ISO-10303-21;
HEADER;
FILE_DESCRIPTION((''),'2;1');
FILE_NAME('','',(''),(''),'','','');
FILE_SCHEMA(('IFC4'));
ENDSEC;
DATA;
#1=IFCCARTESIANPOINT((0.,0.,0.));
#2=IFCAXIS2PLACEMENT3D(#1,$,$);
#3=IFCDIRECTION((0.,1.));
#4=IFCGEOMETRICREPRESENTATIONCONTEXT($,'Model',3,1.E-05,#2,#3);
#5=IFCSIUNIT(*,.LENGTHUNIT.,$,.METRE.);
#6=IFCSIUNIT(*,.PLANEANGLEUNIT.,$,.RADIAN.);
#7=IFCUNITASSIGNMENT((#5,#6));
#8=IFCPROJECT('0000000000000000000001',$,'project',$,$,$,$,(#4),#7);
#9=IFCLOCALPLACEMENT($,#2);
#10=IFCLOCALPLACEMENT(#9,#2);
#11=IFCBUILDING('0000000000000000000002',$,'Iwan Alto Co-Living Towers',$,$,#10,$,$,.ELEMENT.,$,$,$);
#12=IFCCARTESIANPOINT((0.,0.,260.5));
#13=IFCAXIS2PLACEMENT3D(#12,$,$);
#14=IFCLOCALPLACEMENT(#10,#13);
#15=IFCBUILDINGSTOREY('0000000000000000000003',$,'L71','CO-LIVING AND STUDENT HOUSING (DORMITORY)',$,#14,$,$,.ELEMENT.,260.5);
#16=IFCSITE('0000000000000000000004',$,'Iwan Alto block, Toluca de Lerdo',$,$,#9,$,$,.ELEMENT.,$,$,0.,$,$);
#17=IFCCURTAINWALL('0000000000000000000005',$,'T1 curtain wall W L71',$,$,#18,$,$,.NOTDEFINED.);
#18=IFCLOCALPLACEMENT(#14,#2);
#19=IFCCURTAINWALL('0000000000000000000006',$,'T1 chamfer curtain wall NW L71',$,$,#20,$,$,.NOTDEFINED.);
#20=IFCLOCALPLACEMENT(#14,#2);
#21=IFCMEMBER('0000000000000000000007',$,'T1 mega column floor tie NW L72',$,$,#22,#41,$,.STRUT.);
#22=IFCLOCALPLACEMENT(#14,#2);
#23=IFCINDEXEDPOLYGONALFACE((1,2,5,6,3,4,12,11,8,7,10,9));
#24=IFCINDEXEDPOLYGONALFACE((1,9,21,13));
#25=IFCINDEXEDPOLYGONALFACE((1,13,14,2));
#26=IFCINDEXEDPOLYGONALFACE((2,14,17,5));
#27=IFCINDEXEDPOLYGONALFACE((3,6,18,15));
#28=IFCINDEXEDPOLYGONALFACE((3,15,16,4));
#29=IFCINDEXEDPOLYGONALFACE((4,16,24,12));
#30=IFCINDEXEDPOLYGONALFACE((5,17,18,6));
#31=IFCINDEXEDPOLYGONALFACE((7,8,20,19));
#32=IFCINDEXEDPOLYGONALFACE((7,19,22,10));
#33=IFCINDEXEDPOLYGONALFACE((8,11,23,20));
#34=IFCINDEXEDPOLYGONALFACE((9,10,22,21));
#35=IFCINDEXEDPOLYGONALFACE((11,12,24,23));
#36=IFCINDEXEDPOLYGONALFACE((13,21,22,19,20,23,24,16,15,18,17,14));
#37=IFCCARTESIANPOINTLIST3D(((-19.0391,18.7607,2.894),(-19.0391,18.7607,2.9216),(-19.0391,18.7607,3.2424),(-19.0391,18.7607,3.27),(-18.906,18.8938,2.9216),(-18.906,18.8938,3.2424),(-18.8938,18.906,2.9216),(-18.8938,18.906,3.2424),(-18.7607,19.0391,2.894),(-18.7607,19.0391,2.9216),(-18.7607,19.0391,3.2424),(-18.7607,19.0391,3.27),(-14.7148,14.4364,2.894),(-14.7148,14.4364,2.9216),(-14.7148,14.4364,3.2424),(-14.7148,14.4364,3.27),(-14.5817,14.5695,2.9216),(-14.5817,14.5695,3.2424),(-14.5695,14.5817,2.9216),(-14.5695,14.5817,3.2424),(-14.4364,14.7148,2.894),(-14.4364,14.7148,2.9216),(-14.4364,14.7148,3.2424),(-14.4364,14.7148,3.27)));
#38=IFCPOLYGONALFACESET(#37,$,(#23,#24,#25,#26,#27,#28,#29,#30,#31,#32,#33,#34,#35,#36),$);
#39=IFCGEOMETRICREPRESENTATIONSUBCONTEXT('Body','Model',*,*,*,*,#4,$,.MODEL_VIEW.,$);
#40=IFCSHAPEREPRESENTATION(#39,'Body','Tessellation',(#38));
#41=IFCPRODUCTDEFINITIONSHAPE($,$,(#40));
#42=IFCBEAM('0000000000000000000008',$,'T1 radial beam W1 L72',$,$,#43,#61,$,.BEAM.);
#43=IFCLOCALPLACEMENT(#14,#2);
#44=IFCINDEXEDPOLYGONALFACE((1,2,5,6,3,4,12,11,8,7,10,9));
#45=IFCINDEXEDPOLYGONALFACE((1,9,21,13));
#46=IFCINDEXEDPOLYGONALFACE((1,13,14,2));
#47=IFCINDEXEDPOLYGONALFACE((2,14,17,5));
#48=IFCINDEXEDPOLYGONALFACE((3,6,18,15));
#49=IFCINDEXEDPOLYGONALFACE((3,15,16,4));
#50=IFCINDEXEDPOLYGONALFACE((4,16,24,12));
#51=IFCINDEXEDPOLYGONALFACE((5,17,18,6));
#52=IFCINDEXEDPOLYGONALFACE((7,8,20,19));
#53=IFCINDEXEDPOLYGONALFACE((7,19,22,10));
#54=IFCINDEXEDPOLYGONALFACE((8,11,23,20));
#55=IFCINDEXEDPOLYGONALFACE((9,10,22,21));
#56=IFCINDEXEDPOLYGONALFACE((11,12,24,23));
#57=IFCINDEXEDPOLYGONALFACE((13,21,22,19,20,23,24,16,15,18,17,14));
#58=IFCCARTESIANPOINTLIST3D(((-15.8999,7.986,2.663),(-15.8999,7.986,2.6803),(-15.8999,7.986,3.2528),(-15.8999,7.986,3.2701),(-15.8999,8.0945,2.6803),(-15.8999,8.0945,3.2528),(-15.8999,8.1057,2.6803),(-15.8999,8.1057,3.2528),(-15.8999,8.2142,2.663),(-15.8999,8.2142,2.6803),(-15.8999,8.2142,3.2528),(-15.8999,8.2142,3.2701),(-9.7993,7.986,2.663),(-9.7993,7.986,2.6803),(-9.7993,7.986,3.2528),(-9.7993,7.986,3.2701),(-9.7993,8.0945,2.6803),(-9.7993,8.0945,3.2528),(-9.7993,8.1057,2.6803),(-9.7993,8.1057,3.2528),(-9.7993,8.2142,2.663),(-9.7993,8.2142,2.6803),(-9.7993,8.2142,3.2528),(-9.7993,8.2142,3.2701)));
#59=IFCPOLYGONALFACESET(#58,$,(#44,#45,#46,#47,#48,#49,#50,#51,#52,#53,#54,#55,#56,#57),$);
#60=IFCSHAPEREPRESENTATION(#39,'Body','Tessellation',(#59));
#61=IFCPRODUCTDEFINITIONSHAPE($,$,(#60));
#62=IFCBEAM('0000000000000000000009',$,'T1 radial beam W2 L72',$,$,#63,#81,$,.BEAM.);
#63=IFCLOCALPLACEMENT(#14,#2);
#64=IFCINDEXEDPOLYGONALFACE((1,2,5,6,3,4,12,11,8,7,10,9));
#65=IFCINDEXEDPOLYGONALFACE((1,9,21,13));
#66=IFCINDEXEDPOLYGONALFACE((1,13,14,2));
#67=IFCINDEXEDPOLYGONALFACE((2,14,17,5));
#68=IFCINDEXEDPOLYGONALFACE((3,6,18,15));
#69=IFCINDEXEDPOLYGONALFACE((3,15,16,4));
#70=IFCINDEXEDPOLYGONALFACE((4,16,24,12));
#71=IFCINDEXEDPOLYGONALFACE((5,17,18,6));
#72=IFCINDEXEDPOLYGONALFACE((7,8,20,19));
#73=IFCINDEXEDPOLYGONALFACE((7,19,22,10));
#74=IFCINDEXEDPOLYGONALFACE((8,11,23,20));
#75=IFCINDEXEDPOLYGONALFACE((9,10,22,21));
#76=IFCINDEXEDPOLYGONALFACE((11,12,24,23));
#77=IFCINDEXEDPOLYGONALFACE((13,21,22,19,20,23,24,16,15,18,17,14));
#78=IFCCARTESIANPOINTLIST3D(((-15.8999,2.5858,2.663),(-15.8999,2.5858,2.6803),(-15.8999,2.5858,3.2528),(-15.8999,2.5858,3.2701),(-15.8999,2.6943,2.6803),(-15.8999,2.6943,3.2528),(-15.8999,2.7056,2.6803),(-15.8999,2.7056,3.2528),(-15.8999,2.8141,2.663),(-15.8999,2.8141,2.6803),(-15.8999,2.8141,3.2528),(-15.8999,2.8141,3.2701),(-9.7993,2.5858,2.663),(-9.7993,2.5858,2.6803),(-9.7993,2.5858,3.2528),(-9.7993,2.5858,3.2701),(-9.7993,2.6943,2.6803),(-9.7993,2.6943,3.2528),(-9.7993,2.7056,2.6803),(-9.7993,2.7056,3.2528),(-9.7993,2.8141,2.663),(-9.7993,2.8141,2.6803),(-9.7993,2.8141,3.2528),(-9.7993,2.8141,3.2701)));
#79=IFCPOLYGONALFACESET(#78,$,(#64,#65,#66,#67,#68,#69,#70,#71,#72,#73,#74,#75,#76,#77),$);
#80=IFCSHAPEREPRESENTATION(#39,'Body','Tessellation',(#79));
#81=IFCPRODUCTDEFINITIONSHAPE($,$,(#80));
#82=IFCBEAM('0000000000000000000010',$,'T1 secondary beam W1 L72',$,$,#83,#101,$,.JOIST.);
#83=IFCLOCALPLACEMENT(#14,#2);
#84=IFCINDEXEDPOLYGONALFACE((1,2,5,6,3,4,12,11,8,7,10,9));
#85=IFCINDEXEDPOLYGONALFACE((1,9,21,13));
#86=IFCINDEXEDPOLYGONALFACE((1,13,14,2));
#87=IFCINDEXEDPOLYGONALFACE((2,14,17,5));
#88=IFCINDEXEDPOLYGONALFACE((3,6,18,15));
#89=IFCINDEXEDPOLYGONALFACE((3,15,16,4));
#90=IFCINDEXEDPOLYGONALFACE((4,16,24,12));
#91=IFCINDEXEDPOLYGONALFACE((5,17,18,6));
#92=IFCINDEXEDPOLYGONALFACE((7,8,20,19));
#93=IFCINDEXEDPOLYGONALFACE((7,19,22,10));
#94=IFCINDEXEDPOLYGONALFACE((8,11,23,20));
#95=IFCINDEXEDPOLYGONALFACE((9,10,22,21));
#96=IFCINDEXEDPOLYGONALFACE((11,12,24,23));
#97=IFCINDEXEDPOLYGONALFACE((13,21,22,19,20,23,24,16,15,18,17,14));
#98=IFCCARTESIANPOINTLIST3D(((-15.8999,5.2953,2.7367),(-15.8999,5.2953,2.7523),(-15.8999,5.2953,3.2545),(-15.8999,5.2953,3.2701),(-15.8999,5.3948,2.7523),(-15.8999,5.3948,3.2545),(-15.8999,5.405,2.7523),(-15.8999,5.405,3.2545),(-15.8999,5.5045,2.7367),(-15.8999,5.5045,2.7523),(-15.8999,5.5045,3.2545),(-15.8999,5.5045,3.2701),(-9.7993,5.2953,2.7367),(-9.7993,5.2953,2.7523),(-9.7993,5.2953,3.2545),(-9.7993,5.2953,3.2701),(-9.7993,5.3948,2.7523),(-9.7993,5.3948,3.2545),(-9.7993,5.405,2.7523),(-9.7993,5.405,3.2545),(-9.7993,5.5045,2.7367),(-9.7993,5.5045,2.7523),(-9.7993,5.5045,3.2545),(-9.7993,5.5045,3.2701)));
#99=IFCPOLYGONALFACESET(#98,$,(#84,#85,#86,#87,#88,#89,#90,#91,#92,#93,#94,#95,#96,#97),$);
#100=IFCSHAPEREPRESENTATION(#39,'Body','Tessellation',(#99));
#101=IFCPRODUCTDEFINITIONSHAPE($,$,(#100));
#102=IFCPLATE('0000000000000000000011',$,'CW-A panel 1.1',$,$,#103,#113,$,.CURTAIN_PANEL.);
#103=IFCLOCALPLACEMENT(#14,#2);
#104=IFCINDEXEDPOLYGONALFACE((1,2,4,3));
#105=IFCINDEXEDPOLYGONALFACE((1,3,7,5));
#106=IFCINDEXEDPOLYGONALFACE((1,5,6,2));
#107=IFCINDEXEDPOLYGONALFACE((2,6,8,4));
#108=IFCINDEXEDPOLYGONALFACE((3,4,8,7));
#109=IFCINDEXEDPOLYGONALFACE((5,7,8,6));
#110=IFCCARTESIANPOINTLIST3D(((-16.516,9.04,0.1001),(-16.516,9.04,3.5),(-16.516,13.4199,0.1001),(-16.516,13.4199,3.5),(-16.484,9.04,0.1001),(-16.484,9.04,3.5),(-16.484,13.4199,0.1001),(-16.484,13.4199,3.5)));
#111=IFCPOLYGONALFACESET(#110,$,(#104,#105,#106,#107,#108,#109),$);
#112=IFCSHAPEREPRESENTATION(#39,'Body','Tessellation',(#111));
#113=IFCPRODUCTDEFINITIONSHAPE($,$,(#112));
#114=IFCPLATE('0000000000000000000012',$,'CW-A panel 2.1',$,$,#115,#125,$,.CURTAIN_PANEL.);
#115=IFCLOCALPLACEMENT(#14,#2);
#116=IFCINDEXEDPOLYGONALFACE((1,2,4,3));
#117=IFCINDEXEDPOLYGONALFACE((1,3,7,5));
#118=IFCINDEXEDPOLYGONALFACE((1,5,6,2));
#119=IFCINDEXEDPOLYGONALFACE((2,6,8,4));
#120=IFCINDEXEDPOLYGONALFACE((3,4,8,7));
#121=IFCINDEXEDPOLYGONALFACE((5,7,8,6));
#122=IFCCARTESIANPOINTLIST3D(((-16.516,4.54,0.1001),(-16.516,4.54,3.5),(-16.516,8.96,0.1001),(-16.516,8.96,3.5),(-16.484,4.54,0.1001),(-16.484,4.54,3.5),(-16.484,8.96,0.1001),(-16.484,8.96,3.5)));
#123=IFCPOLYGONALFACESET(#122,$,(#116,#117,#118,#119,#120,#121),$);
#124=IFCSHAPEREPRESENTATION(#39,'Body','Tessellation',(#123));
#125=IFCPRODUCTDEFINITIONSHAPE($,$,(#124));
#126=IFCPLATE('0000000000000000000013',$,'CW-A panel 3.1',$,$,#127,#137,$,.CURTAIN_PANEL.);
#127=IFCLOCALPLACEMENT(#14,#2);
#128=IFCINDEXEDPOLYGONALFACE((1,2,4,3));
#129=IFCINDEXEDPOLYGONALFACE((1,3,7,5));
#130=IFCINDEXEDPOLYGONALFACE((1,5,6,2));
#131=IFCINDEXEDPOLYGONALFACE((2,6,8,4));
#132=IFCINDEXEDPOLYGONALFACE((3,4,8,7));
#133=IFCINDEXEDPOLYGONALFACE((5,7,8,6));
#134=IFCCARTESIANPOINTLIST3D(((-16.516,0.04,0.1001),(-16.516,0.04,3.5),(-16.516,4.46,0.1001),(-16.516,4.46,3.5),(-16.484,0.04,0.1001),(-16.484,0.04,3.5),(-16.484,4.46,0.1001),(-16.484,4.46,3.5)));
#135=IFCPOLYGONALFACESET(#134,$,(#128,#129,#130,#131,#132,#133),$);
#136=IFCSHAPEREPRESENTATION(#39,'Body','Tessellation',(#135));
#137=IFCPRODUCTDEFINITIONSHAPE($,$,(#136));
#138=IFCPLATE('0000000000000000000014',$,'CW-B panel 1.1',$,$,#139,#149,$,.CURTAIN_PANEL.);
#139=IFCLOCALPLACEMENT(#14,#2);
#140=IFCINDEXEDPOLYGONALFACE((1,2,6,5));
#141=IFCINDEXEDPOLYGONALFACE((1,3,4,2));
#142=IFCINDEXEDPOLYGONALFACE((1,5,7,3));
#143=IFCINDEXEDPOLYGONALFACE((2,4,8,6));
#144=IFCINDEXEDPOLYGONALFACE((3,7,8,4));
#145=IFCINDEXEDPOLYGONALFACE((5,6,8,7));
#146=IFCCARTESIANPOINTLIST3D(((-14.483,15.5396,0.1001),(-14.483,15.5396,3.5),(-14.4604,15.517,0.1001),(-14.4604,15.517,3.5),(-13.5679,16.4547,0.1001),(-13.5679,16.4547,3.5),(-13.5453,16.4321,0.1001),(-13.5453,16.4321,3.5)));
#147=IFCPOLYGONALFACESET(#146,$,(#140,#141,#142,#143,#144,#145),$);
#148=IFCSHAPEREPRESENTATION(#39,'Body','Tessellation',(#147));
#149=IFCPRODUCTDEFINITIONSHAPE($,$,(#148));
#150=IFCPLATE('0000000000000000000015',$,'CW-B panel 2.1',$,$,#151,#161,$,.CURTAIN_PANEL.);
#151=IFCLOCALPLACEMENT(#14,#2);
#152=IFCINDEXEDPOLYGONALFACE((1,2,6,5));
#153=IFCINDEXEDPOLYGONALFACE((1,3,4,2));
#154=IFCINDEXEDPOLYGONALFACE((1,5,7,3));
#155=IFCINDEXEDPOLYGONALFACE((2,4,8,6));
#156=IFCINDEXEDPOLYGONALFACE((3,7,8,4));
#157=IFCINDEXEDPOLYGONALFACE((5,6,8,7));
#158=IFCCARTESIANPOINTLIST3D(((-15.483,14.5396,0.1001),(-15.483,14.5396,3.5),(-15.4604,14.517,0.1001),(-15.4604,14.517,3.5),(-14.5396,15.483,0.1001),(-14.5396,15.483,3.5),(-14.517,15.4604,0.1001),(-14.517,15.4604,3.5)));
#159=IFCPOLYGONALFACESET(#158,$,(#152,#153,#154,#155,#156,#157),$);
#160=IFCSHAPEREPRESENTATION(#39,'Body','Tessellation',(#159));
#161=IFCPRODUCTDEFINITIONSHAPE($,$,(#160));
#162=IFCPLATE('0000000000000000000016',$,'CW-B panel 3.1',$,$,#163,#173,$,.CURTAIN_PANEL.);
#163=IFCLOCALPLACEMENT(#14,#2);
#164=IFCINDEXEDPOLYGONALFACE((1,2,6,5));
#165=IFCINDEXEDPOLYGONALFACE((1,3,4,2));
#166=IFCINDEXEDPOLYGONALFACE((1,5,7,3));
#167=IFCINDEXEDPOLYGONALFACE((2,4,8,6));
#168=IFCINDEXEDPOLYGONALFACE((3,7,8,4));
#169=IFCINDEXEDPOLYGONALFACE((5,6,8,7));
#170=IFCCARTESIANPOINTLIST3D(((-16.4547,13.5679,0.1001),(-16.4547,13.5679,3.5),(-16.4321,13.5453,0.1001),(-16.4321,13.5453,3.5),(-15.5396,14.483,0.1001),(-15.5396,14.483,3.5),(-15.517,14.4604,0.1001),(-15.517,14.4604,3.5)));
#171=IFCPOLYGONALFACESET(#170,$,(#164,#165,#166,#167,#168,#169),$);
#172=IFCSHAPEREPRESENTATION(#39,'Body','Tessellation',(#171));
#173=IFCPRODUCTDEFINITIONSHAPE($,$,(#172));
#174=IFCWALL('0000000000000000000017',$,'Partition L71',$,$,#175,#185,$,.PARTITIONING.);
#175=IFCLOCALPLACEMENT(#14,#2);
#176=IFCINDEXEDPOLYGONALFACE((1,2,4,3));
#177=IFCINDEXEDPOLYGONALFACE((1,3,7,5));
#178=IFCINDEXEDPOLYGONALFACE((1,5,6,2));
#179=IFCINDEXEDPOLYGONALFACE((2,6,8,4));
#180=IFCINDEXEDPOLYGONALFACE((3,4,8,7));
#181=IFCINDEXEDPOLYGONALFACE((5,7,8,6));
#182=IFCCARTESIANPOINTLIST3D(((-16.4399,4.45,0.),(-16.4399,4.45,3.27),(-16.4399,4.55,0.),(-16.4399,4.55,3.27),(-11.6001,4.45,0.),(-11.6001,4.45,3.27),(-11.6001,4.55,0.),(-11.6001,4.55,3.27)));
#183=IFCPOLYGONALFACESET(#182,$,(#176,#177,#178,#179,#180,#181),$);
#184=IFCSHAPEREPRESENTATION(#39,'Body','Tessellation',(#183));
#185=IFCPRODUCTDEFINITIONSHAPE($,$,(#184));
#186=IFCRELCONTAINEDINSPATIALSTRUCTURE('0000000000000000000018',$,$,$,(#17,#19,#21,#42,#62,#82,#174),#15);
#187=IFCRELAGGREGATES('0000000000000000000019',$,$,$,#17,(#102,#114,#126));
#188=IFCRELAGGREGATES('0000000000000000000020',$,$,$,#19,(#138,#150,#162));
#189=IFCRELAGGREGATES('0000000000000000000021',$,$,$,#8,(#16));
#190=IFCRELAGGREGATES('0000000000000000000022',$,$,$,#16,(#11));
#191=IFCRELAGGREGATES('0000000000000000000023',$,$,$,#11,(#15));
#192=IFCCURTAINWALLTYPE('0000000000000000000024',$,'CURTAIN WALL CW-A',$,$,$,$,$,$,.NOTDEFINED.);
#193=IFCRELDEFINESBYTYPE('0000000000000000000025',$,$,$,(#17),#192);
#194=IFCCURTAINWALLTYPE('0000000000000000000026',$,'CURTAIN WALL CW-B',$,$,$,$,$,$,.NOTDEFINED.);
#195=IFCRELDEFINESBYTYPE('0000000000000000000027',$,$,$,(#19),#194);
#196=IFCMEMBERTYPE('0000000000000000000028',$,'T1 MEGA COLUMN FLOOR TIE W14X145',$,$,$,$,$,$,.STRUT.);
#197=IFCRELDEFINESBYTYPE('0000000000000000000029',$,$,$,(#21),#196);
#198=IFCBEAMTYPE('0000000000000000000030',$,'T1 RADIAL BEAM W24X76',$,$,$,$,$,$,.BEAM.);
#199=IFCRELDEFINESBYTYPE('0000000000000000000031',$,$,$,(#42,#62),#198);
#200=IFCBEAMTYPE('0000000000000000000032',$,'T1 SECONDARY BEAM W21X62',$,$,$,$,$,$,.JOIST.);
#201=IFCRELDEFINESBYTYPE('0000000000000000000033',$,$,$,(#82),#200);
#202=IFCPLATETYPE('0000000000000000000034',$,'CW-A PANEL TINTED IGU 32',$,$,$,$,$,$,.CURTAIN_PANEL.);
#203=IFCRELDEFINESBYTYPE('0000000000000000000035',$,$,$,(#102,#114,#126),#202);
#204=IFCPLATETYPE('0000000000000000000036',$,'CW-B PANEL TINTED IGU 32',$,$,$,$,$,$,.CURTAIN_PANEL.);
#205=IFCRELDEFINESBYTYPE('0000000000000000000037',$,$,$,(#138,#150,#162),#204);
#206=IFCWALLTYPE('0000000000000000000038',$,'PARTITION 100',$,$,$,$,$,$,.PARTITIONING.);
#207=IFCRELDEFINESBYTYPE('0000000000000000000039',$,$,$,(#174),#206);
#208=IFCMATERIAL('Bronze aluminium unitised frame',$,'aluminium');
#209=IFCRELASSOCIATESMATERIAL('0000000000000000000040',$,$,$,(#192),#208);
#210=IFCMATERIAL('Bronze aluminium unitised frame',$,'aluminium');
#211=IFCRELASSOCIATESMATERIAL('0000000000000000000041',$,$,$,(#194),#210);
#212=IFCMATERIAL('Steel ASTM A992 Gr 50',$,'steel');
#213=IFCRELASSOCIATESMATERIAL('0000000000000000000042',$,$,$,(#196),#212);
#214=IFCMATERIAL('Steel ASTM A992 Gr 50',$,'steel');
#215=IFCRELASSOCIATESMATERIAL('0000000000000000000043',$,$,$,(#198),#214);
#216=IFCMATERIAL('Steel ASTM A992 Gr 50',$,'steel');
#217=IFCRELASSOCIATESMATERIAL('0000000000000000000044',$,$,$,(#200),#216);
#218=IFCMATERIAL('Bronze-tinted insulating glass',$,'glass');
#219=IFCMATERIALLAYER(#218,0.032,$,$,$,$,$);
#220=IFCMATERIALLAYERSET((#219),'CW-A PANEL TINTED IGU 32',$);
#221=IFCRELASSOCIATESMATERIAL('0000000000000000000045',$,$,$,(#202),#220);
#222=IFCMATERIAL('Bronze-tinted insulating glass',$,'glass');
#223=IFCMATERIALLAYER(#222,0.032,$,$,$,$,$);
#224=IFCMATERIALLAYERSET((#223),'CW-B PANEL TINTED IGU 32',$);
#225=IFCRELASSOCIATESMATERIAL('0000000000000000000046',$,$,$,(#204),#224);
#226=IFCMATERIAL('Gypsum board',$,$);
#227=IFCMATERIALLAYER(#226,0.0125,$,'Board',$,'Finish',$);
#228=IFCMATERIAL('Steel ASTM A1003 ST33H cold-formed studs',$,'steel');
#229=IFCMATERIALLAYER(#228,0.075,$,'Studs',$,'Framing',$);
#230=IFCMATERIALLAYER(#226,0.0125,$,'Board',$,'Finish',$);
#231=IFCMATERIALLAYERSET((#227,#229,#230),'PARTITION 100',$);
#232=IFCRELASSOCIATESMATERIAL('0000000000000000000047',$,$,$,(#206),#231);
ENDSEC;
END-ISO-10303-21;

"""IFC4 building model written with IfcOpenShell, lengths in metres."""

from ifc_helpers import new_model, si_unit, direction, frame, frame_2d, origin, origin_2d, place, context, subcontext, project, spatial, rectangle, i_section, extrude, material, layer, layer_set, material_profile, profile_set, type_object, element, aggregate, save


model = new_model("IFC4")

# Units and contexts
model_context = context("Model", 3, precision=1e-05, world=origin(), true_north=direction((0.0, 1.0)))
body_context = subcontext(model_context, "Body", "Model", "MODEL_VIEW")
ifc_project = project(units=[si_unit("LENGTHUNIT", "METRE"), si_unit("PLANEANGLEUNIT", "RADIAN")], contexts=[model_context])

# Site, building, storey
site_placement = place(None, origin())
site = spatial("IfcSite", under=ifc_project, at=site_placement, Name="Iwan Alto block, Toluca de Lerdo", CompositionType="ELEMENT", RefElevation=0.0)
building_placement = place(site_placement, origin())
building = spatial("IfcBuilding", under=site, at=building_placement, Name="Iwan Alto Co-Living Towers", CompositionType="ELEMENT")
storey_placement = place(building_placement, frame((0.0, 0.0, 260.5)))
storey = spatial("IfcBuildingStorey", under=building, at=storey_placement, Name="L71", Description="CO-LIVING AND STUDENT HOUSING (DORMITORY)", CompositionType="ELEMENT", Elevation=260.5)

# Shared definitions
ifc_material_1 = material(Name="Bronze aluminium unitised frame", Category="aluminium")
curtain_wall_type_1 = type_object("IfcCurtainWallType", Name="CURTAIN WALL CW-A", PredefinedType="NOTDEFINED", material=ifc_material_1)

# Curtain walls
curtain_wall_1_placement = place(storey_placement, origin())
curtain_wall_1 = element("IfcCurtainWall", 1, at=curtain_wall_1_placement, inside=storey, type_object=curtain_wall_type_1, Name="T1 curtain wall W L71", PredefinedType="NOTDEFINED")
ifc_material_2 = material(Name="Bronze aluminium unitised frame", Category="aluminium")
curtain_wall_type_2 = type_object("IfcCurtainWallType", Name="CURTAIN WALL CW-B", PredefinedType="NOTDEFINED", material=ifc_material_2)
curtain_wall_2_placement = place(storey_placement, origin())
curtain_wall_2 = element("IfcCurtainWall", 2, at=curtain_wall_2_placement, inside=storey, type_object=curtain_wall_type_2, Name="T1 chamfer curtain wall NW L71", PredefinedType="NOTDEFINED")

# Member
ifc_material_3 = material(Name="Steel ASTM A992 Gr 50", Category="steel")
ifc_material_profile_1 = material_profile(ifc_material_3, i_section(OverallWidth=0.3938, OverallDepth=0.376, WebThickness=0.0173, FlangeThickness=0.0276, at=origin_2d()), Name="W14X145")
ifc_profile_set_1 = profile_set([ifc_material_profile_1], Name="Steel ASTM A992 Gr 50")
member_type_1 = type_object("IfcMemberType", Name="T1 MEGA COLUMN FLOOR TIE W14X145", PredefinedType="STRUT", material=ifc_profile_set_1)
member_1_placement = place(storey_placement, frame((-18.8999, 18.8999, 3.082), z_axis=(0.707107, -0.707107, 0.0), x_axis=(0.707107, 0.707107, 0.0)))
element("IfcMember", 3, at=member_1_placement, inside=storey, type_object=member_type_1, Name="T1 mega column floor tie NW L72", PredefinedType="STRUT", context=body_context, shape_type="SweptSolid", body=[
    extrude(i_section(OverallWidth=0.3938, OverallDepth=0.376, WebThickness=0.0173, FlangeThickness=0.0276, at=origin_2d()), origin(), (0.0, 0.0, 1.0), 6.1155),
])

# Beams
ifc_material_4 = material(Name="Steel ASTM A992 Gr 50", Category="steel")
ifc_material_profile_2 = material_profile(ifc_material_4, i_section(OverallWidth=0.2283, OverallDepth=0.6072, WebThickness=0.0112, FlangeThickness=0.0173, at=origin_2d()), Name="W24X76")
ifc_profile_set_2 = profile_set([ifc_material_profile_2], Name="Steel ASTM A992 Gr 50")
beam_type_1 = type_object("IfcBeamType", Name="T1 RADIAL BEAM W24X76", PredefinedType="BEAM", material=ifc_profile_set_2)
for number, where, z_axis, x_axis, name in (
    (4, (-15.8999, 8.1001, 2.9666), (1.0, 0.0, 0.0), (0.0, 1.0, 0.0), "T1 radial beam W1 L72"),
    (5, (-15.8999, 2.7, 2.9666), (1.0, 0.0, 0.0), (0.0, 1.0, 0.0), "T1 radial beam W2 L72"),
):
    element("IfcBeam", number, at=place(storey_placement, frame(where, z_axis=z_axis, x_axis=x_axis)), inside=storey, type_object=beam_type_1, Name=name, PredefinedType="BEAM", context=body_context, shape_type="SweptSolid", body=[
        extrude(i_section(OverallWidth=0.2283, OverallDepth=0.6072, WebThickness=0.0112, FlangeThickness=0.0173, at=origin_2d()), origin(), (0.0, 0.0, 1.0), 6.1006),
    ])
ifc_material_5 = material(Name="Steel ASTM A992 Gr 50", Category="steel")
ifc_material_profile_3 = material_profile(ifc_material_5, i_section(OverallWidth=0.2092, OverallDepth=0.5334, WebThickness=0.0103, FlangeThickness=0.0156, at=origin_2d()), Name="W21X62")
ifc_profile_set_3 = profile_set([ifc_material_profile_3], Name="Steel ASTM A992 Gr 50")
beam_type_2 = type_object("IfcBeamType", Name="T1 SECONDARY BEAM W21X62", PredefinedType="JOIST", material=ifc_profile_set_3)
beam_1_placement = place(storey_placement, frame((-15.8999, 5.3999, 3.0034), z_axis=(1.0, 0.0, 0.0), x_axis=(0.0, 1.0, 0.0)))
element("IfcBeam", 6, at=beam_1_placement, inside=storey, type_object=beam_type_2, Name="T1 secondary beam W1 L72", PredefinedType="JOIST", context=body_context, shape_type="SweptSolid", body=[
    extrude(i_section(OverallWidth=0.2092, OverallDepth=0.5334, WebThickness=0.0103, FlangeThickness=0.0156, at=origin_2d()), origin(), (0.0, 0.0, 1.0), 6.1006),
])

# Plates
ifc_material_6 = material(Name="Bronze-tinted insulating glass", Category="glass")
ifc_layer_1 = layer(ifc_material_6, 0.032)
ifc_layer_set_1 = layer_set([ifc_layer_1], Name="CW-A PANEL TINTED IGU 32")
plate_type_1 = type_object("IfcPlateType", Name="CW-A PANEL TINTED IGU 32", PredefinedType="CURTAIN_PANEL", material=ifc_layer_set_1)
plate_1_placement = place(storey_placement, frame((-16.5, 11.23, 0.1001), z_axis=(0.0, 0.0, 1.0), x_axis=(0.0, -1.0, 0.0)))
plate_1 = element("IfcPlate", 7, at=plate_1_placement, type_object=plate_type_1, Name="CW-A panel 1.1", PredefinedType="CURTAIN_PANEL", context=body_context, shape_type="SweptSolid", body=[
    extrude(rectangle(XDim=4.3799, YDim=0.032, at=origin_2d()), origin(), (0.0, 0.0, 1.0), 3.3999),
])
plate_2_placement = place(storey_placement, frame((-16.5, 6.75, 0.1001), z_axis=(0.0, 0.0, 1.0), x_axis=(0.0, -1.0, 0.0)))
plate_2 = element("IfcPlate", 8, at=plate_2_placement, type_object=plate_type_1, Name="CW-A panel 2.1", PredefinedType="CURTAIN_PANEL", context=body_context, shape_type="SweptSolid", body=[
    extrude(rectangle(XDim=4.4199, YDim=0.032, at=origin_2d()), origin(), (0.0, 0.0, 1.0), 3.3999),
])
plate_3_placement = place(storey_placement, frame((-16.5, 2.25, 0.1001), z_axis=(0.0, 0.0, 1.0), x_axis=(0.0, -1.0, 0.0)))
plate_3 = element("IfcPlate", 9, at=plate_3_placement, type_object=plate_type_1, Name="CW-A panel 3.1", PredefinedType="CURTAIN_PANEL", context=body_context, shape_type="SweptSolid", body=[
    extrude(rectangle(XDim=4.4199, YDim=0.032, at=origin_2d()), origin(), (0.0, 0.0, 1.0), 3.3999),
])
aggregate(curtain_wall_1, [plate_1, plate_2, plate_3])
ifc_material_7 = material(Name="Bronze-tinted insulating glass", Category="glass")
ifc_layer_2 = layer(ifc_material_7, 0.032)
ifc_layer_set_2 = layer_set([ifc_layer_2], Name="CW-B PANEL TINTED IGU 32")
plate_type_2 = type_object("IfcPlateType", Name="CW-B PANEL TINTED IGU 32", PredefinedType="CURTAIN_PANEL", material=ifc_layer_set_2)
plate_4_placement = place(storey_placement, frame((-14.0142, 15.9858, 0.1001), z_axis=(0.0, 0.0, 1.0), x_axis=(-0.707107, -0.707107, 0.0)))
plate_4 = element("IfcPlate", 10, at=plate_4_placement, type_object=plate_type_2, Name="CW-B panel 1.1", PredefinedType="CURTAIN_PANEL", context=body_context, shape_type="SweptSolid", body=[
    extrude(rectangle(XDim=1.2942, YDim=0.032, at=origin_2d()), origin(), (0.0, 0.0, 1.0), 3.3999),
])
plate_5_placement = place(storey_placement, frame((-15.0, 15.0, 0.1001), z_axis=(0.0, 0.0, 1.0), x_axis=(-0.707107, -0.707107, 0.0)))
plate_5 = element("IfcPlate", 11, at=plate_5_placement, type_object=plate_type_2, Name="CW-B panel 2.1", PredefinedType="CURTAIN_PANEL", context=body_context, shape_type="SweptSolid", body=[
    extrude(rectangle(XDim=1.3342, YDim=0.032, at=origin_2d()), origin(), (0.0, 0.0, 1.0), 3.3999),
])
plate_6_placement = place(storey_placement, frame((-15.9858, 14.0142, 0.1001), z_axis=(0.0, 0.0, 1.0), x_axis=(-0.707107, -0.707107, 0.0)))
plate_6 = element("IfcPlate", 12, at=plate_6_placement, type_object=plate_type_2, Name="CW-B panel 3.1", PredefinedType="CURTAIN_PANEL", context=body_context, shape_type="SweptSolid", body=[
    extrude(rectangle(XDim=1.2942, YDim=0.032, at=origin_2d()), origin(), (0.0, 0.0, 1.0), 3.3999),
])
aggregate(curtain_wall_2, [plate_4, plate_5, plate_6])

# Wall
ifc_material_8 = material(Name="Gypsum board")
ifc_layer_3 = layer(ifc_material_8, 0.0125, Name="Board", Category="Finish")
ifc_material_9 = material(Name="Steel ASTM A1003 ST33H cold-formed studs", Category="steel")
ifc_layer_4 = layer(ifc_material_9, 0.075, Name="Studs", Category="Framing")
ifc_layer_5 = layer(ifc_material_8, 0.0125, Name="Board", Category="Finish")
ifc_layer_set_3 = layer_set([ifc_layer_3, ifc_layer_4, ifc_layer_5], Name="PARTITION 100")
wall_type_1 = type_object("IfcWallType", Name="PARTITION 100", PredefinedType="PARTITIONING", material=ifc_layer_set_3)
wall_1_placement = place(storey_placement, frame((-16.4399, 4.5, 0.0), z_axis=(0.0, 0.0, 1.0), x_axis=(1.0, 0.0, 0.0)))
element("IfcWall", 13, at=wall_1_placement, inside=storey, type_object=wall_type_1, Name="Partition L71", PredefinedType="PARTITIONING", context=body_context, shape_type="SweptSolid", body=[
    extrude(rectangle(XDim=4.8398, YDim=0.1001, at=frame_2d((2.4199, 0.0))), origin(), (0.0, 0.0, 1.0), 3.27),
])

save(model, "model.ifc")
